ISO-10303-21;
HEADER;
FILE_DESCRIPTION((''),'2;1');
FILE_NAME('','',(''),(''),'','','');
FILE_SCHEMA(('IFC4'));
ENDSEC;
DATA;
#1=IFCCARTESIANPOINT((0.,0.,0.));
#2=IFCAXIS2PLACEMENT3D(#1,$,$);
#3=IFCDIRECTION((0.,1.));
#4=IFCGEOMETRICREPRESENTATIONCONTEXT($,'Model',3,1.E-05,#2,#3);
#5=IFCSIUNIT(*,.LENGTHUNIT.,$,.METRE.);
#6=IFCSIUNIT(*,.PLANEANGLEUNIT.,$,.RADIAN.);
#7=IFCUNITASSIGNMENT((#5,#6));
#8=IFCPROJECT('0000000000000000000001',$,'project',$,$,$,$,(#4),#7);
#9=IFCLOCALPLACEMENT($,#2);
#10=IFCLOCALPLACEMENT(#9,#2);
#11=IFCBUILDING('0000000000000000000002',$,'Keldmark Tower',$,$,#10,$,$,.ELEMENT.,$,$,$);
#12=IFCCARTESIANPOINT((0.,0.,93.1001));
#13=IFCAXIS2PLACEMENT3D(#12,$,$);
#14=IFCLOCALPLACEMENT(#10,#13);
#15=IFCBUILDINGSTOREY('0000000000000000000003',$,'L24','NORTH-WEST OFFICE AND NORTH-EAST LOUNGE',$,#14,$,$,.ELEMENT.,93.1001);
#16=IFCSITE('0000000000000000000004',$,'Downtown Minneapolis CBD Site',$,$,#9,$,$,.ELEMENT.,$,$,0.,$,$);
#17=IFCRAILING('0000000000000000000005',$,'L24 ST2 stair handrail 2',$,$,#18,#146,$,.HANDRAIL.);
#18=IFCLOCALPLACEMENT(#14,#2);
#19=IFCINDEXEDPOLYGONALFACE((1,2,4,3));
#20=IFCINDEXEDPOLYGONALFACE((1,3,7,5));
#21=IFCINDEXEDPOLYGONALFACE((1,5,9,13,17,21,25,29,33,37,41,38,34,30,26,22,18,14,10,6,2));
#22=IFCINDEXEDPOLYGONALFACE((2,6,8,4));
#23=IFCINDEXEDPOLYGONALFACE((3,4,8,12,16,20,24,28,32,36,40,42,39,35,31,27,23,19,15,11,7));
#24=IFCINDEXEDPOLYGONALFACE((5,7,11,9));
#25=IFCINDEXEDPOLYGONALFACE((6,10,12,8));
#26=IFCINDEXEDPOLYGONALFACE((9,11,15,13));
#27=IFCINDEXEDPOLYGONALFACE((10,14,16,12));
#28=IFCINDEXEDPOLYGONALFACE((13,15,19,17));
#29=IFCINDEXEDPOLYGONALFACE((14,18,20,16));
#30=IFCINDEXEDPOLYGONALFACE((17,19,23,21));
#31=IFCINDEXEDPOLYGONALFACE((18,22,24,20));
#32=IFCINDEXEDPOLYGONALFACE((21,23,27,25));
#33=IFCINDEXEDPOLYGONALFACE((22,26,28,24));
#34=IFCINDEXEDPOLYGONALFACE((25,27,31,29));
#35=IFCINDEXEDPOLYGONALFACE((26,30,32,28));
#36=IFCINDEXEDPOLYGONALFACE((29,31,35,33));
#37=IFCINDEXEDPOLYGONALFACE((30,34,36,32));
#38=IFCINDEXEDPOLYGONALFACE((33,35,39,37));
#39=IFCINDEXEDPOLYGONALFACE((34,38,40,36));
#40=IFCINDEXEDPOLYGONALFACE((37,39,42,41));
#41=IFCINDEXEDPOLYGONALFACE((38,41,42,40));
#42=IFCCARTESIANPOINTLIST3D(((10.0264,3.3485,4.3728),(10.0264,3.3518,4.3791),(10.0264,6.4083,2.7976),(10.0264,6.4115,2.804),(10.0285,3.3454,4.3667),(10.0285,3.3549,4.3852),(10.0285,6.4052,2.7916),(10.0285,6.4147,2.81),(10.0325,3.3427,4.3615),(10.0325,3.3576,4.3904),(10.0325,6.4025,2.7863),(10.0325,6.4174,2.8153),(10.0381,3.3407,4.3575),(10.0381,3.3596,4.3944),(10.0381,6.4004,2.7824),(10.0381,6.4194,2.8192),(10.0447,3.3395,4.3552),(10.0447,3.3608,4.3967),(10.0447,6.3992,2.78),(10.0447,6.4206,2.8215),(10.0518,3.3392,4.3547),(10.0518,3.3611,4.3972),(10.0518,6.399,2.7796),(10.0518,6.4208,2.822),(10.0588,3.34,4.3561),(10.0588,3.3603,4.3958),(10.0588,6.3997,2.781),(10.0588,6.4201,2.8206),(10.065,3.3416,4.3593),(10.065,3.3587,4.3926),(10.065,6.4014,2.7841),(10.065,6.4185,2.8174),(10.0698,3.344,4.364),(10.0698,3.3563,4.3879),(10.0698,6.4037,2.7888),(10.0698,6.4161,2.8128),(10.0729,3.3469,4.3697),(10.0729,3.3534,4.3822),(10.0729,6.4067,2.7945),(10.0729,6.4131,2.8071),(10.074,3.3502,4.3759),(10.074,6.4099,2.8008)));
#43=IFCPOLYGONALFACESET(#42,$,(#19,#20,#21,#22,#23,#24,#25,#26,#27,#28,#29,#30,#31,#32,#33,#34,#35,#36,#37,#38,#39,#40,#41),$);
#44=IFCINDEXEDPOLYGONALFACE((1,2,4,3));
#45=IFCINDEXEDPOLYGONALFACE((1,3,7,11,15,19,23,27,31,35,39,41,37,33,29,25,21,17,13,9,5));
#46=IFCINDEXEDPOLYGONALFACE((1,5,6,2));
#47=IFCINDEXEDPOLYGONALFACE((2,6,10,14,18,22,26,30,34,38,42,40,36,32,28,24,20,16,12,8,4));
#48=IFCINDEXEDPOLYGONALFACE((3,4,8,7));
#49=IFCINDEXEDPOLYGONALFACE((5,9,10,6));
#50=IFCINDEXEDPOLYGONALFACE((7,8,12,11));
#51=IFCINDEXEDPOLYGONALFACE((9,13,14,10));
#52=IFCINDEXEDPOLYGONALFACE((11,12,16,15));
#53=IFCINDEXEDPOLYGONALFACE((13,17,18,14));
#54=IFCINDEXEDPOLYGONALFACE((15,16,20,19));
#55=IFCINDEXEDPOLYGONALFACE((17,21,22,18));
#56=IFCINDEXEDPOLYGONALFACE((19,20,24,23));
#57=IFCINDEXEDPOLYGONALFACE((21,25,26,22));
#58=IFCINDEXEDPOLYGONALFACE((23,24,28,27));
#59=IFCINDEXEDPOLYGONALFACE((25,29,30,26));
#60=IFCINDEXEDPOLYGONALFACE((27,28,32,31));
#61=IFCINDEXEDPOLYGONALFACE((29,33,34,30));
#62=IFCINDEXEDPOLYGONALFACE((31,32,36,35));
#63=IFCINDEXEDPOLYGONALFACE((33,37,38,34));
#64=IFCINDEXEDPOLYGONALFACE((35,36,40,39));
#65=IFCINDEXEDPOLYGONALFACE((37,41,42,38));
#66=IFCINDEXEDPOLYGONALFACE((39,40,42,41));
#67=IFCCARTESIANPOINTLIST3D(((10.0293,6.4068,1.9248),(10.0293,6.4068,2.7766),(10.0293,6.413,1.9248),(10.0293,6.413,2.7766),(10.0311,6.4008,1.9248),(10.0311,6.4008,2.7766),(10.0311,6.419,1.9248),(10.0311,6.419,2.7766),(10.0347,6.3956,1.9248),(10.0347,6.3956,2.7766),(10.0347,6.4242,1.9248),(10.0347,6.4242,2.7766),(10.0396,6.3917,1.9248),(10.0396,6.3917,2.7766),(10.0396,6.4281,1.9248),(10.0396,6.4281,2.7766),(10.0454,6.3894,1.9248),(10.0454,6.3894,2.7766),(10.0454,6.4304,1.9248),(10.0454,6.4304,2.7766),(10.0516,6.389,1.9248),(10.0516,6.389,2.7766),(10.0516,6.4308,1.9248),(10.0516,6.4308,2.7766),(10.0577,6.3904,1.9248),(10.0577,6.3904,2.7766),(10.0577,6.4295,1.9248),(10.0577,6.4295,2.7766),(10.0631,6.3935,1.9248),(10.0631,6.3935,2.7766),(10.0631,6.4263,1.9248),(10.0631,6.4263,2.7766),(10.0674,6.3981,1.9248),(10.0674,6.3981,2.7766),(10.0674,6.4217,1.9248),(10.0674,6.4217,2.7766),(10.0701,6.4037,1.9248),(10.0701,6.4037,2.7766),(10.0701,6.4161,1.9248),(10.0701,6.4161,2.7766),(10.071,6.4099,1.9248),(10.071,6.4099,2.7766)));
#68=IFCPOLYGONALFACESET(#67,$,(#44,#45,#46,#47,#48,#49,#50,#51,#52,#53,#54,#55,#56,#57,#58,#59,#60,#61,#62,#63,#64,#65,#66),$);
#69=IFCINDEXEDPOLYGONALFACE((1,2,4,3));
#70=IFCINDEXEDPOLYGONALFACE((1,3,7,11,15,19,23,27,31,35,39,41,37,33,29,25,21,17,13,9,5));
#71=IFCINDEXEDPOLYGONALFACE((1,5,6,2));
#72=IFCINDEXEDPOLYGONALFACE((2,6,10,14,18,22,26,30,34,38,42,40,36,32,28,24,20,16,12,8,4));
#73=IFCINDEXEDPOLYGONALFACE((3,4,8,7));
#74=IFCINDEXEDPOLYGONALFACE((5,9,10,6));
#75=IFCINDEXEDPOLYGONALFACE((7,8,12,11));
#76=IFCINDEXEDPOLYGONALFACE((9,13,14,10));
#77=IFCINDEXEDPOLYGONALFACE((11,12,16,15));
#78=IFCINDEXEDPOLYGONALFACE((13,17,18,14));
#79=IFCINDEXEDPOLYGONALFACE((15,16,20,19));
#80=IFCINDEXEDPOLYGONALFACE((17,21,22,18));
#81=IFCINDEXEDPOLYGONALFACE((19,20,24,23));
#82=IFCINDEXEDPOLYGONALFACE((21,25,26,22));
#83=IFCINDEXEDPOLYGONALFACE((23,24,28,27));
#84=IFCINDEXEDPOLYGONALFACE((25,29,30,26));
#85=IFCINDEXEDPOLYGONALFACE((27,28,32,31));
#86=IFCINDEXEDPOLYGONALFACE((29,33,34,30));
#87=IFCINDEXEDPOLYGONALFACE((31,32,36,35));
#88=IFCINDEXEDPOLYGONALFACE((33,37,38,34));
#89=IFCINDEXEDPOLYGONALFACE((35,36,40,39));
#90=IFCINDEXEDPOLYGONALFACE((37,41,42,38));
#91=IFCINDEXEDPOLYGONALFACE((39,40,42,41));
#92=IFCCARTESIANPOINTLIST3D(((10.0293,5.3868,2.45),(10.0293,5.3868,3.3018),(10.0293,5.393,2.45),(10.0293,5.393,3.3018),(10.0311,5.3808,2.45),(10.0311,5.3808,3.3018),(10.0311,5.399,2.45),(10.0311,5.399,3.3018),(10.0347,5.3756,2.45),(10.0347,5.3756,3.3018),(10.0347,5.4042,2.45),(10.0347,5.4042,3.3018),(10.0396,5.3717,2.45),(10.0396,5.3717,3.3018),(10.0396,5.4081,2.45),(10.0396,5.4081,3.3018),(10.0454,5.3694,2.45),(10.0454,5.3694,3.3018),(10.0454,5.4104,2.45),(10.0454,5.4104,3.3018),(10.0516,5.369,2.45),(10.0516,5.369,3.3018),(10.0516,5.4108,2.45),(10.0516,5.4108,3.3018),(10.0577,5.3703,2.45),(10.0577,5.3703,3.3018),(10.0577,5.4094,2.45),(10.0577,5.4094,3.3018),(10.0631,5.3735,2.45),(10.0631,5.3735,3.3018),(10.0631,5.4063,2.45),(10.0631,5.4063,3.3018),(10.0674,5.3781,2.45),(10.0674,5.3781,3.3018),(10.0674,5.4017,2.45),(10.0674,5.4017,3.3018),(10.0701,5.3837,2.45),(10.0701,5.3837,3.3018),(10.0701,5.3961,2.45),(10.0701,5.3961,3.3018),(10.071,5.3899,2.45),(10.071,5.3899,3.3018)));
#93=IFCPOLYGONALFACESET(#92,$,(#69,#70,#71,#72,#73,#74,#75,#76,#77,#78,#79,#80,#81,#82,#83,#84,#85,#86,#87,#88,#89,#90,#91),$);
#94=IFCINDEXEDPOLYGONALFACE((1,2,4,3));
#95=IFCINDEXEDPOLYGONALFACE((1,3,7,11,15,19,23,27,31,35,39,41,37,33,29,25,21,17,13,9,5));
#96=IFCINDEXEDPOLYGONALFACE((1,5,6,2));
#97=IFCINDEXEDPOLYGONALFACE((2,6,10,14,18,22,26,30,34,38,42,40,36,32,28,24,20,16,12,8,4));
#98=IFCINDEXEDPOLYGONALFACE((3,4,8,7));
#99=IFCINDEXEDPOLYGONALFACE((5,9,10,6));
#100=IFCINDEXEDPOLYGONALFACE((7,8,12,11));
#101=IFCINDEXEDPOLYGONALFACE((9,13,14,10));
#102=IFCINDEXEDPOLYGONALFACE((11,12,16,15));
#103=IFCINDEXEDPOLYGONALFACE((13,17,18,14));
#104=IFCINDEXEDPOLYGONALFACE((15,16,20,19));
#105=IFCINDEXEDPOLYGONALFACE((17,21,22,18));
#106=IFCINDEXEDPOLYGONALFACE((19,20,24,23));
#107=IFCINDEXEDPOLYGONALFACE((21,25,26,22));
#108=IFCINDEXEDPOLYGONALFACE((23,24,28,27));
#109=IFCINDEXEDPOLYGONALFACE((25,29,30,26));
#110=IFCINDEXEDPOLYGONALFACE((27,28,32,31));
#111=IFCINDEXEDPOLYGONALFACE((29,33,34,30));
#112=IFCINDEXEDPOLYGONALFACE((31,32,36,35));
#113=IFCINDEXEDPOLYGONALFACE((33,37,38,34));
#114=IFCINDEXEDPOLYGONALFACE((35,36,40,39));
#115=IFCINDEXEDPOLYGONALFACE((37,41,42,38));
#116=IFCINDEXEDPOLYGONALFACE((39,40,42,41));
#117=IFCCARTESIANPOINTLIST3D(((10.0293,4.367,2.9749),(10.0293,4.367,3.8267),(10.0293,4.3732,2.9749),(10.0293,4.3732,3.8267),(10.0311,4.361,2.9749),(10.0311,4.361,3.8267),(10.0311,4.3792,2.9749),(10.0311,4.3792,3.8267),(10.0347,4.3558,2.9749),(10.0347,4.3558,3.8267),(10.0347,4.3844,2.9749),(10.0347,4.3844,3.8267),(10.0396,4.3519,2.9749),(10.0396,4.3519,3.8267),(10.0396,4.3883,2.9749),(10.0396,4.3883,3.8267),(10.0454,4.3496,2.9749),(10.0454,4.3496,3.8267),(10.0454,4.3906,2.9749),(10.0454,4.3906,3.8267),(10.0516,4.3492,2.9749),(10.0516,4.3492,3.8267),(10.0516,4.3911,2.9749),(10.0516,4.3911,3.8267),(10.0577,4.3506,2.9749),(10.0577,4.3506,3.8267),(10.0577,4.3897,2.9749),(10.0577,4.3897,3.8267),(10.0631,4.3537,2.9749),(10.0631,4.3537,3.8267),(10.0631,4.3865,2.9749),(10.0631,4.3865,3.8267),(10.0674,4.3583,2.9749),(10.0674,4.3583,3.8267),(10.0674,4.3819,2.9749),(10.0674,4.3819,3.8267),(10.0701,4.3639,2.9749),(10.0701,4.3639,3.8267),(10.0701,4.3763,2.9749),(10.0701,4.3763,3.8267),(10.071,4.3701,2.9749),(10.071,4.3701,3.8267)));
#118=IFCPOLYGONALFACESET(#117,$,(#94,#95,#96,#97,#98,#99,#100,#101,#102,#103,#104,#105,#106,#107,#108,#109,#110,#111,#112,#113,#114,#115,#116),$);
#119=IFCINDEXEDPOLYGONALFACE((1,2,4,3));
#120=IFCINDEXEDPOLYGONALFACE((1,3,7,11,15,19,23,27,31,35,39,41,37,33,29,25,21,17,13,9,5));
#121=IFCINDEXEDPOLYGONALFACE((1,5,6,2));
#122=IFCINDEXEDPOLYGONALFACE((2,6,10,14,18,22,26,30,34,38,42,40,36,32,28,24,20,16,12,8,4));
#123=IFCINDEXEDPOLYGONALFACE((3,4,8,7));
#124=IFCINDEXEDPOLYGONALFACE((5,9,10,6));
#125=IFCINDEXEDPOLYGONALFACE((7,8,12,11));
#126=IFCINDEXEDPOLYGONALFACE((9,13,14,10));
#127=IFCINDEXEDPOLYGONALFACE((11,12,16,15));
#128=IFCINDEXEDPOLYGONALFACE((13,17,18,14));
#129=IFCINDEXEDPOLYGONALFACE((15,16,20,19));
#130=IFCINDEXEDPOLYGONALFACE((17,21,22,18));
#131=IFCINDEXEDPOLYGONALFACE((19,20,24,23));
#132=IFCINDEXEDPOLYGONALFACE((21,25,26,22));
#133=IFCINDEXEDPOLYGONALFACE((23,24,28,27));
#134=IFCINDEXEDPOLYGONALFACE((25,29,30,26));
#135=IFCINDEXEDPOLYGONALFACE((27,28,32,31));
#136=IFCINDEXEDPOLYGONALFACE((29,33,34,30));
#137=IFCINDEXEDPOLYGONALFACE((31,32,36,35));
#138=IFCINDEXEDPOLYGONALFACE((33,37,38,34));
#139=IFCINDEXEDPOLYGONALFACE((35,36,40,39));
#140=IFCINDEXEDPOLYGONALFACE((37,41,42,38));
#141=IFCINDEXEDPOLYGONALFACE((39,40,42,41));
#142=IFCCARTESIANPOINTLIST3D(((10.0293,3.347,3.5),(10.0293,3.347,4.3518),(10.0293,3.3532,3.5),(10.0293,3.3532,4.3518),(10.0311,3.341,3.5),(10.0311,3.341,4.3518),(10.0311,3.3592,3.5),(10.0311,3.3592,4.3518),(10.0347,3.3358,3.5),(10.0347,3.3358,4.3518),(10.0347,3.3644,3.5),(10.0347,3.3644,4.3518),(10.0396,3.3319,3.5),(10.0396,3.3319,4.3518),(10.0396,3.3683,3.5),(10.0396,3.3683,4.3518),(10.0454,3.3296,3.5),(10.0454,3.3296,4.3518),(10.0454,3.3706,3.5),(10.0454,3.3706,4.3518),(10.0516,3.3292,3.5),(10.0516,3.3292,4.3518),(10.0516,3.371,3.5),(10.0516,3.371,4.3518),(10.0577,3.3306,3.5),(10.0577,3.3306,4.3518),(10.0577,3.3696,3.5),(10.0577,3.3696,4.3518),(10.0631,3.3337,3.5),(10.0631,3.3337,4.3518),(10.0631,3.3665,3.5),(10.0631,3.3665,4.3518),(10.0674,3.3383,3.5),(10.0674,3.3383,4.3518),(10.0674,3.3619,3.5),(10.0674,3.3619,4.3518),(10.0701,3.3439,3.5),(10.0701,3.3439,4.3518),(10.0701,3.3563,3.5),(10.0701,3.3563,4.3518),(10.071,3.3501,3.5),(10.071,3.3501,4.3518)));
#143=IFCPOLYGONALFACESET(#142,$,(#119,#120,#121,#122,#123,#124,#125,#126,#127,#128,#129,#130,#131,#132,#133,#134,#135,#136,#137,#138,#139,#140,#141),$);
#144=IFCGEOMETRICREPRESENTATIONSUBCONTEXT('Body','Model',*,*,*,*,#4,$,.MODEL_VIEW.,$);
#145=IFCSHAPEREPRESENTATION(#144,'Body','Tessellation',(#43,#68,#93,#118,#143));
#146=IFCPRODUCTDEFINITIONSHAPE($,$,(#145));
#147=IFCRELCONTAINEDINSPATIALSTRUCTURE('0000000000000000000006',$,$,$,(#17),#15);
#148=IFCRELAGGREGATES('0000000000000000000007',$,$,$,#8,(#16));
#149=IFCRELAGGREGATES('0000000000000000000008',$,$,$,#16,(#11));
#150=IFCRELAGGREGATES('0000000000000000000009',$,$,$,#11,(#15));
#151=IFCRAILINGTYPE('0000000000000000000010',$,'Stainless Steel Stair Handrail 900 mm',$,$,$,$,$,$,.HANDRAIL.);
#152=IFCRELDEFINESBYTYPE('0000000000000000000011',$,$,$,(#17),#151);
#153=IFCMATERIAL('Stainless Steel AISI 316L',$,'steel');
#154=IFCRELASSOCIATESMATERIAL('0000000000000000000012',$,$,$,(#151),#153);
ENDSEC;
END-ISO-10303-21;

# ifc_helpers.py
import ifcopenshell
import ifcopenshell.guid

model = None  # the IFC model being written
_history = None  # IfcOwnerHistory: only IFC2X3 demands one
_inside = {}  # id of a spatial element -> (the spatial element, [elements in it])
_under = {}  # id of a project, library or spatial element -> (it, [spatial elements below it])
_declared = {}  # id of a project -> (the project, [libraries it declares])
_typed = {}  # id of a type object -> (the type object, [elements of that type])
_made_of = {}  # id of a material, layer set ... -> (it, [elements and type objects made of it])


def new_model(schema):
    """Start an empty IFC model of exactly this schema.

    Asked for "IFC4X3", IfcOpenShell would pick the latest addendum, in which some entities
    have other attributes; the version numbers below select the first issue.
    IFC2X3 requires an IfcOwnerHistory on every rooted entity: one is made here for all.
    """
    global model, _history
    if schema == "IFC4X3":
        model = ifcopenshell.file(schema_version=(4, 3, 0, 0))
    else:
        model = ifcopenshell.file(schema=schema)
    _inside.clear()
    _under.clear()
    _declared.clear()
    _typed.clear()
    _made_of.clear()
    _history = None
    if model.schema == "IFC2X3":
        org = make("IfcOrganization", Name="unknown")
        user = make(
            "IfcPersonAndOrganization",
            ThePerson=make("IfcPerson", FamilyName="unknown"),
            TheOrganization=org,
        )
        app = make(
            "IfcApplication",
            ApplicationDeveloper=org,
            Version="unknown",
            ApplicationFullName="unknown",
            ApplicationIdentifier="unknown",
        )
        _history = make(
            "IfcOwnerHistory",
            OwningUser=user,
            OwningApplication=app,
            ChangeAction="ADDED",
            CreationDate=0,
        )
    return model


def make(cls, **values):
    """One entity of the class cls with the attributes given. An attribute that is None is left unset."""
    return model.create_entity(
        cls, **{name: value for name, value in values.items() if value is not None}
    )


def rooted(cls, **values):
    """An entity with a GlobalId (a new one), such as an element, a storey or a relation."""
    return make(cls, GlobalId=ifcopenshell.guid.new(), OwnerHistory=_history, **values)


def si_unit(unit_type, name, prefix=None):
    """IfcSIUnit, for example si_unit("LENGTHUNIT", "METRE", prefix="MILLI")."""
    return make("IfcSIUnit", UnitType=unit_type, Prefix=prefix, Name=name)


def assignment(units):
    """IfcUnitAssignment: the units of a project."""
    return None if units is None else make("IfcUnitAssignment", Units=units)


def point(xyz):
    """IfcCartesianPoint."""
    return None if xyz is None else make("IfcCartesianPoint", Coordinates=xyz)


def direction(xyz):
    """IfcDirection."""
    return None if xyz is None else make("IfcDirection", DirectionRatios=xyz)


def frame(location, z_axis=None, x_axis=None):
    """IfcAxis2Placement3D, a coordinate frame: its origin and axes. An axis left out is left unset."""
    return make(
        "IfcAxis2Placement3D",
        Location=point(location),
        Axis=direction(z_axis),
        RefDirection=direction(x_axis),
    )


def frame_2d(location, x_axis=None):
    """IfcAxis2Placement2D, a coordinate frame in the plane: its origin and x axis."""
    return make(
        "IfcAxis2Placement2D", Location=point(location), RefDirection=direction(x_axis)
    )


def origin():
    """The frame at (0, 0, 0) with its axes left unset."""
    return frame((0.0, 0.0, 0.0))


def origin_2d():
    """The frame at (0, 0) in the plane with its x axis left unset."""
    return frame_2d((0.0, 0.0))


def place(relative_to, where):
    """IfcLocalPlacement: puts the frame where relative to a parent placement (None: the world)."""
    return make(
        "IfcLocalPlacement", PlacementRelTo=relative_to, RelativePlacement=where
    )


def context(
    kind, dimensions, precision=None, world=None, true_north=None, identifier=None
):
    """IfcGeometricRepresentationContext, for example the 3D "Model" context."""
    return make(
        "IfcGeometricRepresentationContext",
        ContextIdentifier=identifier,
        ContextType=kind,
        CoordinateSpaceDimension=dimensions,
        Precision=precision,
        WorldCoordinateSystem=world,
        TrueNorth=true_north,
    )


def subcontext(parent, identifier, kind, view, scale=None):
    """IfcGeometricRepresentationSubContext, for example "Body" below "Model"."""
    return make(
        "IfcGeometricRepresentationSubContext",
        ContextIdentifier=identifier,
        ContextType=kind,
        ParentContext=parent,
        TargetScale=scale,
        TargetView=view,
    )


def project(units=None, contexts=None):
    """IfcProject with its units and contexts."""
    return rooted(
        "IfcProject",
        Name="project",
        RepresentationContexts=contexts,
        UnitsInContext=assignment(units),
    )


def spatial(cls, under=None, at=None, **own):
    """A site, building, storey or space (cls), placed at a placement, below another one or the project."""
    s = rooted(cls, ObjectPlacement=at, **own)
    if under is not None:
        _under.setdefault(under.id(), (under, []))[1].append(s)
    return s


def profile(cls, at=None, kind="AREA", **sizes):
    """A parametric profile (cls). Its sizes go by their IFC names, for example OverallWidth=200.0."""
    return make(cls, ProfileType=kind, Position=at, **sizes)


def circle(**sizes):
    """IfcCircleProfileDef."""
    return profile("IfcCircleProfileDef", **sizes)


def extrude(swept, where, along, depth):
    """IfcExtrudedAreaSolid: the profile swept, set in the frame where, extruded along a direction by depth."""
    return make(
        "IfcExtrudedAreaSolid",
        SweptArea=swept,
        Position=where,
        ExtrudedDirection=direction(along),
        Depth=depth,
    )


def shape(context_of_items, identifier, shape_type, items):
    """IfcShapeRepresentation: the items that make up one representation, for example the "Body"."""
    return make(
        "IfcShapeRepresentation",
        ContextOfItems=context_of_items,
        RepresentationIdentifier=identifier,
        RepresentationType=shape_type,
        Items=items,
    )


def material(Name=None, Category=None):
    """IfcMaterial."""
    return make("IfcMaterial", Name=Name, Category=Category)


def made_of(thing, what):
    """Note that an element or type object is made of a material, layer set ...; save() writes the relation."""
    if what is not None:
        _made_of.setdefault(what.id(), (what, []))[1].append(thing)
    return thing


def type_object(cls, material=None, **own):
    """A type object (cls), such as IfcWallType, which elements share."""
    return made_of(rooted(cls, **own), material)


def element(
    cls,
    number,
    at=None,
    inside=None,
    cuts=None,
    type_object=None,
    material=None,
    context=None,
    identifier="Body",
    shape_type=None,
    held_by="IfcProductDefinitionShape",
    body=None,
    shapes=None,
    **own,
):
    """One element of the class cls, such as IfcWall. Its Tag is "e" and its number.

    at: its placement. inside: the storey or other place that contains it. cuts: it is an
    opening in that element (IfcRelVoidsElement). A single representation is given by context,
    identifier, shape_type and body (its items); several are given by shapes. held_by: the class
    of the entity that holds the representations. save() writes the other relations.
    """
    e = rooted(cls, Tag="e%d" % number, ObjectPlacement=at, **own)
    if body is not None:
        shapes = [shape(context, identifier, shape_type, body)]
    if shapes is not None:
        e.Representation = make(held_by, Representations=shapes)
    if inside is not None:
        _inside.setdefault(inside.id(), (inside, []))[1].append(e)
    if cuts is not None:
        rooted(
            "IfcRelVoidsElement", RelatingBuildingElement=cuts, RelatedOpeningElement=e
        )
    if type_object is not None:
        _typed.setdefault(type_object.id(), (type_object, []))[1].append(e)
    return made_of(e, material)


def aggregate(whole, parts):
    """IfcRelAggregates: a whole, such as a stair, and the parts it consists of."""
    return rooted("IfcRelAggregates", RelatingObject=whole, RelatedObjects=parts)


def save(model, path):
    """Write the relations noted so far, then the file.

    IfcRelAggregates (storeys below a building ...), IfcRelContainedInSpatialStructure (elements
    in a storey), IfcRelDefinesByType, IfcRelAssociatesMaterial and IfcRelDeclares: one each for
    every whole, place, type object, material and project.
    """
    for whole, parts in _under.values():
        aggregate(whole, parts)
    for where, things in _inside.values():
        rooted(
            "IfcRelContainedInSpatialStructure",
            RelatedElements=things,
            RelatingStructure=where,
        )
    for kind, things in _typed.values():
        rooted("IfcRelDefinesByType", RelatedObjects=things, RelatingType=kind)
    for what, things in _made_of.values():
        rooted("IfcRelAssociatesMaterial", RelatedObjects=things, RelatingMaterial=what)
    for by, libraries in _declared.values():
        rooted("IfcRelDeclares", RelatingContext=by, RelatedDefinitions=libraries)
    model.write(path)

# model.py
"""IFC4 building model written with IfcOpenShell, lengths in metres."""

from ifc_helpers import new_model, si_unit, direction, frame, origin, origin_2d, place, context, subcontext, project, spatial, circle, extrude, material, type_object, element, save


model = new_model("IFC4")

# Units and contexts
model_context = context("Model", 3, precision=1e-05, world=origin(), true_north=direction((0.0, 1.0)))
body_context = subcontext(model_context, "Body", "Model", "MODEL_VIEW")
ifc_project = project(units=[si_unit("LENGTHUNIT", "METRE"), si_unit("PLANEANGLEUNIT", "RADIAN")], contexts=[model_context])

# Site, building, storey
site_placement = place(None, origin())
site = spatial("IfcSite", under=ifc_project, at=site_placement, Name="Downtown Minneapolis CBD Site", CompositionType="ELEMENT", RefElevation=0.0)
building_placement = place(site_placement, origin())
building = spatial("IfcBuilding", under=site, at=building_placement, Name="Keldmark Tower", CompositionType="ELEMENT")
storey_placement = place(building_placement, frame((0.0, 0.0, 93.1001)))
storey = spatial("IfcBuildingStorey", under=building, at=storey_placement, Name="L24", Description="NORTH-WEST OFFICE AND NORTH-EAST LOUNGE", CompositionType="ELEMENT", Elevation=93.1001)

# Railing
ifc_material_1 = material(Name="Stainless Steel AISI 316L", Category="steel")
railing_type = type_object("IfcRailingType", Name="Stainless Steel Stair Handrail 900 mm", PredefinedType="HANDRAIL", material=ifc_material_1)
railing_placement = place(storey_placement, frame((10.05, 6.4099, 1.9248)))
element("IfcRailing", 1, at=railing_placement, inside=storey, type_object=railing_type, Name="L24 ST2 stair handrail 2", PredefinedType="HANDRAIL", context=body_context, shape_type="SweptSolid", body=[
    extrude(circle(Radius=0.0239, at=origin_2d()), frame((0.0, 0.0, 0.876), z_axis=(0.0, -0.889101, 0.45771), x_axis=(1.0, 0.0, 0.0)), (0.0, 0.0, 1.0), 3.4414),
    extrude(circle(Radius=0.021, at=origin_2d()), origin(), (0.0, 0.0, 1.0), 0.8518),
    extrude(circle(Radius=0.021, at=origin_2d()), frame((0.0, -1.02, 0.5251)), (0.0, 0.0, 1.0), 0.8518),
    extrude(circle(Radius=0.021, at=origin_2d()), frame((0.0, -2.0398, 1.05)), (0.0, 0.0, 1.0), 0.8518),
    extrude(circle(Radius=0.021, at=origin_2d()), frame((0.0, -3.0598, 1.5752)), (0.0, 0.0, 1.0), 0.8518),
])

save(model, "model.ifc")
